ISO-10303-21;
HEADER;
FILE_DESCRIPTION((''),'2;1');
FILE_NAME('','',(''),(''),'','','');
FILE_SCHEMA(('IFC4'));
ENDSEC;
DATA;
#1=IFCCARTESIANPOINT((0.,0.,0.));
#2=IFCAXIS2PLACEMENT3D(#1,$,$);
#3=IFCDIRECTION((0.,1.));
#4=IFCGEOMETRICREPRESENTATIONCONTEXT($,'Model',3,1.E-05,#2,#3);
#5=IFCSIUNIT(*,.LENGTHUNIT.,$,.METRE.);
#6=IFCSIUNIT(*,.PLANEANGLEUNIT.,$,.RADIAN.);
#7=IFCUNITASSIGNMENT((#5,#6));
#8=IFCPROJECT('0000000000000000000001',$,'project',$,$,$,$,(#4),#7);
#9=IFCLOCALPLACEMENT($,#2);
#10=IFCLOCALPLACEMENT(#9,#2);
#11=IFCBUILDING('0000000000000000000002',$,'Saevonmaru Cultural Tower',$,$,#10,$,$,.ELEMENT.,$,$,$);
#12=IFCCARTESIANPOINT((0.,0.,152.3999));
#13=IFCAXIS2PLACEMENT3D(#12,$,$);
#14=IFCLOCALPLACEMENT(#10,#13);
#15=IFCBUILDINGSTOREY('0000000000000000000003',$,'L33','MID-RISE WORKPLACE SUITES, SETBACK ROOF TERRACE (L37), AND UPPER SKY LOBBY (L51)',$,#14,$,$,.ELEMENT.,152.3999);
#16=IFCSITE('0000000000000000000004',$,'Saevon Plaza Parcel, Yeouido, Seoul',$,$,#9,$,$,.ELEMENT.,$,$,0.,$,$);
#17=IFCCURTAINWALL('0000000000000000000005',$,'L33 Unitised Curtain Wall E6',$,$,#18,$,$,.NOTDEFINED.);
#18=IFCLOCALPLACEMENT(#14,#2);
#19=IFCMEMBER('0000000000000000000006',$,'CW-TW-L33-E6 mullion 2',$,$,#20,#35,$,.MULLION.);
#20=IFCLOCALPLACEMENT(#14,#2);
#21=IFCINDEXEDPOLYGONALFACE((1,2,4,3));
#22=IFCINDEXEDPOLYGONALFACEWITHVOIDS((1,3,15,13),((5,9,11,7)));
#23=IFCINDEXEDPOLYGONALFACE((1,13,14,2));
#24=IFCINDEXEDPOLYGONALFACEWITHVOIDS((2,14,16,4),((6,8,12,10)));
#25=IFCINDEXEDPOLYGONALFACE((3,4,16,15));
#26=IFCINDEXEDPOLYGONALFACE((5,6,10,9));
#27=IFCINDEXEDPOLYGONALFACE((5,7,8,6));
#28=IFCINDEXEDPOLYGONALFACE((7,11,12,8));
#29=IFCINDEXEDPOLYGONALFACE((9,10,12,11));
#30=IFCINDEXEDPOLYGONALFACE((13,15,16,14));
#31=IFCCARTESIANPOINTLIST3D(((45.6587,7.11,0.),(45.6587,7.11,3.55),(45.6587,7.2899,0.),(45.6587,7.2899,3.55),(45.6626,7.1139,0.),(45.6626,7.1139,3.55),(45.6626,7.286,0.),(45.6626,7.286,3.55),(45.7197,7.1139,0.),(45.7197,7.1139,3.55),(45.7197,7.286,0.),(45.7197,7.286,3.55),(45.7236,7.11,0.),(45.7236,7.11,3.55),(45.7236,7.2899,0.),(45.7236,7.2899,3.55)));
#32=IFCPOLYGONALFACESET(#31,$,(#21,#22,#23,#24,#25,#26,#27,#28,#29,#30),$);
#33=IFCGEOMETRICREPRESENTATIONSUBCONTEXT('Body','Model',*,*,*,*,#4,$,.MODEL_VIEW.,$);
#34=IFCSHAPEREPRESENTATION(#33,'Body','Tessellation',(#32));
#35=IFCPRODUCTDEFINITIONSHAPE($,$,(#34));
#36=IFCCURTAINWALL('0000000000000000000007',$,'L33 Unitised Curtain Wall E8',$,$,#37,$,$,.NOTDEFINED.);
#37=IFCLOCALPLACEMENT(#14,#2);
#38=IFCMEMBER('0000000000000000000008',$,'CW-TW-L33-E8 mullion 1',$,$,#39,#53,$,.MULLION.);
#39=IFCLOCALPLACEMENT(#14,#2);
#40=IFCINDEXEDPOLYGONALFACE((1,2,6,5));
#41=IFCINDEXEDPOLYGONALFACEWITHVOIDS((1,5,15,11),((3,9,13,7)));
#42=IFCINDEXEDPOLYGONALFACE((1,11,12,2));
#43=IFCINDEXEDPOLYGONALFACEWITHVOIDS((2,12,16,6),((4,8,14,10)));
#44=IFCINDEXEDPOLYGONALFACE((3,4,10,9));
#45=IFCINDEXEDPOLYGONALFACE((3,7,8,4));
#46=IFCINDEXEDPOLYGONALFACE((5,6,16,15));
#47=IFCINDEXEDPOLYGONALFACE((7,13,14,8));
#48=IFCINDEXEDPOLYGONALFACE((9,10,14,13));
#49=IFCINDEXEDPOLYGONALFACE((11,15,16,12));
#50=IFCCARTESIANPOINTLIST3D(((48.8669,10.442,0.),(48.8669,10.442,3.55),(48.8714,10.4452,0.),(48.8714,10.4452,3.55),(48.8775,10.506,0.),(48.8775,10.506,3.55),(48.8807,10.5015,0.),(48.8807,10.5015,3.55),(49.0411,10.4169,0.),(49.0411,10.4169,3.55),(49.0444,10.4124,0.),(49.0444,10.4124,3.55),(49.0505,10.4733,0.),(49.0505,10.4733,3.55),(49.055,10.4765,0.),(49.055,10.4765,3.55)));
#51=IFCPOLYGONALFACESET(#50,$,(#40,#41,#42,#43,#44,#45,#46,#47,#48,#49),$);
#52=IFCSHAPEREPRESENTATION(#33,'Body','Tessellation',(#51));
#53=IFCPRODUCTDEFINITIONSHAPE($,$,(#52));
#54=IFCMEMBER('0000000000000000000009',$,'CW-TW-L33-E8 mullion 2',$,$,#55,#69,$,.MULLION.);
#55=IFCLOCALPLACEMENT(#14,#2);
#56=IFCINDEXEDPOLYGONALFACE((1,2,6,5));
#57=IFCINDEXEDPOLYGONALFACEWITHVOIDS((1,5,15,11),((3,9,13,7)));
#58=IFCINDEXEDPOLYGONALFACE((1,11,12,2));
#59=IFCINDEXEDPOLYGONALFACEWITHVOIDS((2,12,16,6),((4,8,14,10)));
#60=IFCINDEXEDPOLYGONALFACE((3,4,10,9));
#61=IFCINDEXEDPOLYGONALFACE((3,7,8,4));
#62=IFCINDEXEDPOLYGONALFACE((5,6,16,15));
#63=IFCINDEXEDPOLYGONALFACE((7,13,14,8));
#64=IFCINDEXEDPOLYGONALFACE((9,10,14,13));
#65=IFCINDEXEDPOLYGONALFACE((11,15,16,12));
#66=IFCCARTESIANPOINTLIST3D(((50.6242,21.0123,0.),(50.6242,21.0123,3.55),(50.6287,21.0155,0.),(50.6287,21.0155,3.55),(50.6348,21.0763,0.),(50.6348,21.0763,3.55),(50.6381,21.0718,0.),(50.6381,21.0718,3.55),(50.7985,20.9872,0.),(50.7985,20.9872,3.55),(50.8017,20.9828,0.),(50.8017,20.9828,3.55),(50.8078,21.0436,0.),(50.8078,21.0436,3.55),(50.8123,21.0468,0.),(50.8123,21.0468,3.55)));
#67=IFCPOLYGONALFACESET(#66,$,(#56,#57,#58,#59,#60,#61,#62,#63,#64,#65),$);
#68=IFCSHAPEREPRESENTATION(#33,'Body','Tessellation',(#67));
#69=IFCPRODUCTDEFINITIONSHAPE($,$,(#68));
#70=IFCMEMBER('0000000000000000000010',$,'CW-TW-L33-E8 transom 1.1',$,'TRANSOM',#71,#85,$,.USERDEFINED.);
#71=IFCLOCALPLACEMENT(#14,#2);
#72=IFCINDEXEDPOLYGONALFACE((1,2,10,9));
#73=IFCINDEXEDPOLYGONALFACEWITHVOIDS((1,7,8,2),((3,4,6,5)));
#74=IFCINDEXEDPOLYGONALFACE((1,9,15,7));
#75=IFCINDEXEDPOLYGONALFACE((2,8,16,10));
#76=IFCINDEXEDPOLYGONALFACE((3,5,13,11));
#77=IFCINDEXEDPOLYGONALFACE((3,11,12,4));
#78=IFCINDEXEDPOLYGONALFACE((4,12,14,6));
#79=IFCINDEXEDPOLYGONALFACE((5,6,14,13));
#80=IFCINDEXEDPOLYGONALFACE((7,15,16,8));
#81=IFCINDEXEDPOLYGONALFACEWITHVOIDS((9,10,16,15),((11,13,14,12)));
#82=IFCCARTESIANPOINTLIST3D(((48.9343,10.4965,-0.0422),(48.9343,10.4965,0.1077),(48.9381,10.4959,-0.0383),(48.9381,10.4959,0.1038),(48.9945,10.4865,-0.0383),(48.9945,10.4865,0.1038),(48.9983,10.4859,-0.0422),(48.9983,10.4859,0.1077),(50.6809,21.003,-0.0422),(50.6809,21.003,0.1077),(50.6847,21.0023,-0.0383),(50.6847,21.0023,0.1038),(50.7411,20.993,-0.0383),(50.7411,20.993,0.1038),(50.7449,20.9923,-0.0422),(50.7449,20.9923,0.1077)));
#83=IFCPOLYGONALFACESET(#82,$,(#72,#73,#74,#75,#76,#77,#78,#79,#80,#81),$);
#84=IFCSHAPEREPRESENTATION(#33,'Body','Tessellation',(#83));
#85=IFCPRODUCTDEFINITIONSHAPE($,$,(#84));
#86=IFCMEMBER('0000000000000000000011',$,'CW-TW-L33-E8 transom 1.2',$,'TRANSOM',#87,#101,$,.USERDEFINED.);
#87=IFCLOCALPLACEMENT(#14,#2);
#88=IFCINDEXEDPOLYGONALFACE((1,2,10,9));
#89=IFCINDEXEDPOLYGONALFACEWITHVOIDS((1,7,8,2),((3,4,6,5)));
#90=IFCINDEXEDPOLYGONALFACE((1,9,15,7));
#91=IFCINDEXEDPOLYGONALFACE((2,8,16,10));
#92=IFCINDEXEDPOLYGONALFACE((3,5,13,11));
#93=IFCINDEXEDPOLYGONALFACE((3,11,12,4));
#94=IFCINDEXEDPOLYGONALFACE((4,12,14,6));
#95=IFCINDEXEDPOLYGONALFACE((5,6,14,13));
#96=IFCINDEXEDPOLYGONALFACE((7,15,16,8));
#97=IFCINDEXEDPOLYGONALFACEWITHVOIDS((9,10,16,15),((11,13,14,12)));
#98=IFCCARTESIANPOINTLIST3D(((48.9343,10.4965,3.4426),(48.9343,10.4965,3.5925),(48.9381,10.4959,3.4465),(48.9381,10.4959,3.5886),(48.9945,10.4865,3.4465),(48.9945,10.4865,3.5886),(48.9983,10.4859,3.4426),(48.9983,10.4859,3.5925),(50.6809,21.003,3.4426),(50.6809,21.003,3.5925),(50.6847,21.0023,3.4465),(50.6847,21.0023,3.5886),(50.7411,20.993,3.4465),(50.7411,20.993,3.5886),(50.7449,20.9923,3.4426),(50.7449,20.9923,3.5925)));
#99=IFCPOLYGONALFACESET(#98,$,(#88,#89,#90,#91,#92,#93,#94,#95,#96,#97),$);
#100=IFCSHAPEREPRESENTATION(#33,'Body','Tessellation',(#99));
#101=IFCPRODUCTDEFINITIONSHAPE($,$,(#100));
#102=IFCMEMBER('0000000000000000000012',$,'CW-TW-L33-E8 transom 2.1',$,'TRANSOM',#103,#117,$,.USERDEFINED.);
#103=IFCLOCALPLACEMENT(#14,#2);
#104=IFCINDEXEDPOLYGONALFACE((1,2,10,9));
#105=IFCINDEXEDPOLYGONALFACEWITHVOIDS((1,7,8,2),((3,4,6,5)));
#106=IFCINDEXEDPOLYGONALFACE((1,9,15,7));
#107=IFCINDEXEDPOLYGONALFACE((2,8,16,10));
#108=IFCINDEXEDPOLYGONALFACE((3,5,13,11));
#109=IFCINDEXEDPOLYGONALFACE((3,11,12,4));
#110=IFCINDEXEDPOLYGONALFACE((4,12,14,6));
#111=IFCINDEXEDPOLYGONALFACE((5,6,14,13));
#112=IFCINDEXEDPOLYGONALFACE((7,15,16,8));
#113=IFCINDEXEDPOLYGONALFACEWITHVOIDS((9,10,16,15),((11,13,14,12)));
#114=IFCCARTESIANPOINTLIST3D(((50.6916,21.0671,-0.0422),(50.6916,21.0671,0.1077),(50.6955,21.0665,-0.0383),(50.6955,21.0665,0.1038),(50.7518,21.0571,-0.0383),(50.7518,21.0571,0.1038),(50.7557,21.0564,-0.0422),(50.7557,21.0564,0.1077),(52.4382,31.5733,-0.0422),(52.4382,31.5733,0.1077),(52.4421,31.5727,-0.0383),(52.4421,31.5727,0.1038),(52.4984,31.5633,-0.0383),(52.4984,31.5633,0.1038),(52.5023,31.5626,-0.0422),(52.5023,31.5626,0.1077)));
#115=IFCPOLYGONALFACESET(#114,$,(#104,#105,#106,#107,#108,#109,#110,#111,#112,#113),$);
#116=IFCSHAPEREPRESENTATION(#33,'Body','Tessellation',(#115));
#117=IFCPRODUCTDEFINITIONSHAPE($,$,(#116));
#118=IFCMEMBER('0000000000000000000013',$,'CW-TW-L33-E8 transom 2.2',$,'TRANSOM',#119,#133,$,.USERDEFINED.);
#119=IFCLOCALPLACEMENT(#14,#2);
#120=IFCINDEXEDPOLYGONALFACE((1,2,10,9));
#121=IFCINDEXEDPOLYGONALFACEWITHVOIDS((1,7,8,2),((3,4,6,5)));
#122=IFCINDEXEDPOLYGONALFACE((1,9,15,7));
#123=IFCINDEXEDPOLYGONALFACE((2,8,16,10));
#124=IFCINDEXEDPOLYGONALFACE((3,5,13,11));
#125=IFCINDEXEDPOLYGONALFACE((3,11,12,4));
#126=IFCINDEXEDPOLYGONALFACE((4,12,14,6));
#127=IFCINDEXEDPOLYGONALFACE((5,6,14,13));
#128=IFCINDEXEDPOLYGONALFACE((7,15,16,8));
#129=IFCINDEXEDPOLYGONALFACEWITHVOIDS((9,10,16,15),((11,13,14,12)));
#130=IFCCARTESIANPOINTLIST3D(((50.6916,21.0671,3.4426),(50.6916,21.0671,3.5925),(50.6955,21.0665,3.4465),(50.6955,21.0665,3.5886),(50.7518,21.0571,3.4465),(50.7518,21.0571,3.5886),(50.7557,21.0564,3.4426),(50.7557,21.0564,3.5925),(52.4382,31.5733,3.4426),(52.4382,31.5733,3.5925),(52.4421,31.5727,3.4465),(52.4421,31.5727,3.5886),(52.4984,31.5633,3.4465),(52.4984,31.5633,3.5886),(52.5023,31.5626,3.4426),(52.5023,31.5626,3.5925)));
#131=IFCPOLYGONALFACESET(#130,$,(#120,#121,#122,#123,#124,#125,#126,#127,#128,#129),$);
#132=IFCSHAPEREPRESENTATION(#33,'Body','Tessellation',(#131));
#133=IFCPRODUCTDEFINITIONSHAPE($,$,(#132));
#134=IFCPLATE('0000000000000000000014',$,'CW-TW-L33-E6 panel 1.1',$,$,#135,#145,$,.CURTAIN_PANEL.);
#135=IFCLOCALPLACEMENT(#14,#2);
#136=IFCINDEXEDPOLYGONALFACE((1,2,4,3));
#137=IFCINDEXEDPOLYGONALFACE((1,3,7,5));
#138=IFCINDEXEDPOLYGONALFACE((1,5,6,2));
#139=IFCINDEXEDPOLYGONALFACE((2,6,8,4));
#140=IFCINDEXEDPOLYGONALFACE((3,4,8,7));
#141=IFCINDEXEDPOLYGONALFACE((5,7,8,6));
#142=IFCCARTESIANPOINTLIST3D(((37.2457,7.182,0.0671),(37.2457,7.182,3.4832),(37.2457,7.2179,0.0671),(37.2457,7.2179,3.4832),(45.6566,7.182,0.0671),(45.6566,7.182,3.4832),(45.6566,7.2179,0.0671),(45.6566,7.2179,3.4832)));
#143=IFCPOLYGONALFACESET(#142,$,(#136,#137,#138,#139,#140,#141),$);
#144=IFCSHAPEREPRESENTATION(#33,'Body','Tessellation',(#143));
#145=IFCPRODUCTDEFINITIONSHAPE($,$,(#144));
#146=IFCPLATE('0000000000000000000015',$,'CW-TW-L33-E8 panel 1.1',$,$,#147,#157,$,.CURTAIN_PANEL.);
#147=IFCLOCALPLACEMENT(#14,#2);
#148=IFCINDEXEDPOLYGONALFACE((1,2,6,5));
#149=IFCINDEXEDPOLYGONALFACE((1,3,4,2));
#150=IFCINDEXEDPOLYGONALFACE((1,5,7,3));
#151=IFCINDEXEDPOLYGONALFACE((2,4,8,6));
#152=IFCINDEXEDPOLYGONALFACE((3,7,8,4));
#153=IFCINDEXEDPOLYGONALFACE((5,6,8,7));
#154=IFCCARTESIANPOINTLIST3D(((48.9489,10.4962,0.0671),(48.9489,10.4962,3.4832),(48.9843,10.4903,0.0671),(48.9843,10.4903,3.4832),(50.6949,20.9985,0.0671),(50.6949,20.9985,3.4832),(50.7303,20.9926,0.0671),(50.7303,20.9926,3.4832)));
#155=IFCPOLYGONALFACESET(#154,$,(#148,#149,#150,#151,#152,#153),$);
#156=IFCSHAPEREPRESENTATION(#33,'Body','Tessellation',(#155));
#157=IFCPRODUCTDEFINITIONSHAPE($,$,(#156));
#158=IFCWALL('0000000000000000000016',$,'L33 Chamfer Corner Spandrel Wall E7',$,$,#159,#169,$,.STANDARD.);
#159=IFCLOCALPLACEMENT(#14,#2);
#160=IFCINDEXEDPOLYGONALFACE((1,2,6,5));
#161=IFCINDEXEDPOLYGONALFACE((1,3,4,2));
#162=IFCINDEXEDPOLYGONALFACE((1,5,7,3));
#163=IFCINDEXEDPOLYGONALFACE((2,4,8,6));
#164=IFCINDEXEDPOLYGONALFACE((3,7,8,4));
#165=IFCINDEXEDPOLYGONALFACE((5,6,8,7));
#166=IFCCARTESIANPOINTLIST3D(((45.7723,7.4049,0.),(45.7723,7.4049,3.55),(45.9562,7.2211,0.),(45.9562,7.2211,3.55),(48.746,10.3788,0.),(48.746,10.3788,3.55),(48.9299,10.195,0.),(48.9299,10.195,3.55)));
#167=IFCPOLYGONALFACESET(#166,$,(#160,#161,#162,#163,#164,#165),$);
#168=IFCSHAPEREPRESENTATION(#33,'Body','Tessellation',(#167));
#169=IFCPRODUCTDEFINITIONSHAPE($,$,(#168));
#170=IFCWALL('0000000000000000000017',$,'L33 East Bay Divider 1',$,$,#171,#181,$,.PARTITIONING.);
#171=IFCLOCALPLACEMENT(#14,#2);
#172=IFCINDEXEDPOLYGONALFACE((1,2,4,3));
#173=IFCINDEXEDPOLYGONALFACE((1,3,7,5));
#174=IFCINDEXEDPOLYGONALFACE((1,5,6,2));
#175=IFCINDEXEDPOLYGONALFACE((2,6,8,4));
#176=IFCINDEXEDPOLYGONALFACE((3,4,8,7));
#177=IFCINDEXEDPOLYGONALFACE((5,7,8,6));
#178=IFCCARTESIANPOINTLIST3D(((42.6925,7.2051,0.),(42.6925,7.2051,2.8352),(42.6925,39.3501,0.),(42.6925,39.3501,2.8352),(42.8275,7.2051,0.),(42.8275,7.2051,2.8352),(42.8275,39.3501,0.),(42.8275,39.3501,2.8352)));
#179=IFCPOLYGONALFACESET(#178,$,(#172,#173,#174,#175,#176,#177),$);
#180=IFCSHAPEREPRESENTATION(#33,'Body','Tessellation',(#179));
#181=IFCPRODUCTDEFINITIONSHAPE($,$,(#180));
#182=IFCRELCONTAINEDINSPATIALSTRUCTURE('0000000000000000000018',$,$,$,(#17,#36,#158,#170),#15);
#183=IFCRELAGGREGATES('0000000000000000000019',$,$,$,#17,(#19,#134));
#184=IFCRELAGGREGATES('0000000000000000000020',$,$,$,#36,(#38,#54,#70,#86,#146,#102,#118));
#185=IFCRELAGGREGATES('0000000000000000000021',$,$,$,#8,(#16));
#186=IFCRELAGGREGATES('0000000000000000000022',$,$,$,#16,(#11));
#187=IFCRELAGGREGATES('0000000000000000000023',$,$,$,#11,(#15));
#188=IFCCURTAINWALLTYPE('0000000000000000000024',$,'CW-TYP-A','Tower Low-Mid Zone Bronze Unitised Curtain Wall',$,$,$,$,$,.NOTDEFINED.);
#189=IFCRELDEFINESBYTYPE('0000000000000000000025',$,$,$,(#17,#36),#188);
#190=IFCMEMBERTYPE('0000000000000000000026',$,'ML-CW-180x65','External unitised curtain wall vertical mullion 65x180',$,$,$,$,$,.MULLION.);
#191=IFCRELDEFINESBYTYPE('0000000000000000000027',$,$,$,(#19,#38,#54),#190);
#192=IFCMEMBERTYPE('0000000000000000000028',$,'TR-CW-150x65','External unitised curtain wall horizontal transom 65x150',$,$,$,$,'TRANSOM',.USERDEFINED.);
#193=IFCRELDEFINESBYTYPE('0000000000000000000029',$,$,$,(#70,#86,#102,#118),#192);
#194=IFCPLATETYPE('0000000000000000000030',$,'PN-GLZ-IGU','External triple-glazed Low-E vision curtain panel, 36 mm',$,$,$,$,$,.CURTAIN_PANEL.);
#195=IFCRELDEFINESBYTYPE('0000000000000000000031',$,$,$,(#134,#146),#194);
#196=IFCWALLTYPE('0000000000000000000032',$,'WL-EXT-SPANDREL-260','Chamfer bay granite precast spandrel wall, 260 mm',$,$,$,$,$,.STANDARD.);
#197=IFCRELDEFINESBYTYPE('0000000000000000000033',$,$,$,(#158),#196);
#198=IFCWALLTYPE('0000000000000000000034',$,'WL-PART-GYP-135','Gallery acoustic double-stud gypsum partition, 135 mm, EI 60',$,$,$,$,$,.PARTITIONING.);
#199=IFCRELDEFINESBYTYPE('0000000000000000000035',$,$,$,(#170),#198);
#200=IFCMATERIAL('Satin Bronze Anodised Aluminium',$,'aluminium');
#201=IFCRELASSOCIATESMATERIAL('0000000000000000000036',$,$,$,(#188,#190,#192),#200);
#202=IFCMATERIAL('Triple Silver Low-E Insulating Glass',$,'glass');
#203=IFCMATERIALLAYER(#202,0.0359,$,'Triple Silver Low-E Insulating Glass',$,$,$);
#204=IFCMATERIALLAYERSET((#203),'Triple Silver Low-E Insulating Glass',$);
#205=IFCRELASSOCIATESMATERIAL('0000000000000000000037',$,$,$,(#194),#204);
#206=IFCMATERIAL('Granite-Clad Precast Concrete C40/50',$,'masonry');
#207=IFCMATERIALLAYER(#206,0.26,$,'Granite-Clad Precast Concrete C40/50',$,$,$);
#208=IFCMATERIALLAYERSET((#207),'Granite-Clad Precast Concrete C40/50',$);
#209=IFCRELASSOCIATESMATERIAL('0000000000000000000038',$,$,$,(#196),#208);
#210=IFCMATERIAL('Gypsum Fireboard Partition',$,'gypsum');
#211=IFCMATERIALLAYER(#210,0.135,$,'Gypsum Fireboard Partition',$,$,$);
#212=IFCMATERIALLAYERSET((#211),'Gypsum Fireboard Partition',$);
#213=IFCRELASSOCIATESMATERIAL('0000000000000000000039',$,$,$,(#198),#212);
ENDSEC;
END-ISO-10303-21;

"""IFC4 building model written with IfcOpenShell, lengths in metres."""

from ifc_helpers import new_model, si_unit, direction, frame, frame_2d, origin, origin_2d, place, context, subcontext, project, spatial, rectangle, hollow_rectangle, extrude, material, layer, layer_set, material_profile, profile_set, type_object, element, aggregate, save


model = new_model("IFC4")

# Units and contexts
model_context = context("Model", 3, precision=1e-05, world=origin(), true_north=direction((0.0, 1.0)))
body_context = subcontext(model_context, "Body", "Model", "MODEL_VIEW")
ifc_project = project(units=[si_unit("LENGTHUNIT", "METRE"), si_unit("PLANEANGLEUNIT", "RADIAN")], contexts=[model_context])

# Site, building, storey
site_placement = place(None, origin())
site = spatial("IfcSite", under=ifc_project, at=site_placement, Name="Saevon Plaza Parcel, Yeouido, Seoul", CompositionType="ELEMENT", RefElevation=0.0)
building_placement = place(site_placement, origin())
building = spatial("IfcBuilding", under=site, at=building_placement, Name="Saevonmaru Cultural Tower", CompositionType="ELEMENT")
storey_placement = place(building_placement, frame((0.0, 0.0, 152.3999)))
storey = spatial("IfcBuildingStorey", under=building, at=storey_placement, Name="L33", Description="MID-RISE WORKPLACE SUITES, SETBACK ROOF TERRACE (L37), AND UPPER SKY LOBBY (L51)", CompositionType="ELEMENT", Elevation=152.3999)

# Curtain wall, member
ifc_material_1 = material(Name="Satin Bronze Anodised Aluminium", Category="aluminium")
curtain_wall_type = type_object("IfcCurtainWallType", Name="CW-TYP-A", Description="Tower Low-Mid Zone Bronze Unitised Curtain Wall", PredefinedType="NOTDEFINED", material=ifc_material_1)
curtain_wall_1_placement = place(storey_placement, origin())
curtain_wall_1 = element("IfcCurtainWall", 1, at=curtain_wall_1_placement, inside=storey, type_object=curtain_wall_type, Name="L33 Unitised Curtain Wall E6", PredefinedType="NOTDEFINED")
ifc_material_profile_1 = material_profile(ifc_material_1, hollow_rectangle(XDim=0.0649, YDim=0.1799, WallThickness=0.0039, at=origin_2d()), Name="ALU-MULL-180x65x4")
ifc_profile_set_1 = profile_set([ifc_material_profile_1], Name="Satin Bronze Anodised Aluminium")
member_type_1 = type_object("IfcMemberType", Name="ML-CW-180x65", Description="External unitised curtain wall vertical mullion 65x180", PredefinedType="MULLION", material=ifc_profile_set_1)
member_1_placement = place(storey_placement, frame((45.6912, 7.2, 0.0), z_axis=(0.0, 0.0, 1.0), x_axis=(1.0, 0.0, 0.0)))
member_1 = element("IfcMember", 2, at=member_1_placement, type_object=member_type_1, Name="CW-TW-L33-E6 mullion 2", PredefinedType="MULLION", context=body_context, shape_type="SweptSolid", body=[
    extrude(hollow_rectangle(XDim=0.0649, YDim=0.1799, WallThickness=0.0039, at=origin_2d()), origin(), (0.0, 0.0, 1.0), 3.55),
])

# Curtain wall, members
curtain_wall_2_placement = place(storey_placement, origin())
curtain_wall_2 = element("IfcCurtainWall", 3, at=curtain_wall_2_placement, inside=storey, type_object=curtain_wall_type, Name="L33 Unitised Curtain Wall E8", PredefinedType="NOTDEFINED")
member_2_placement = place(storey_placement, frame((48.9609, 10.4592, 0.0), z_axis=(0.0, 0.0, 1.0), x_axis=(0.163999, 0.986461, 0.0)))
member_2 = element("IfcMember", 4, at=member_2_placement, type_object=member_type_1, Name="CW-TW-L33-E8 mullion 1", PredefinedType="MULLION", context=body_context, shape_type="SweptSolid", body=[
    extrude(hollow_rectangle(XDim=0.0649, YDim=0.1799, WallThickness=0.0039, at=origin_2d()), origin(), (0.0, 0.0, 1.0), 3.55),
])
member_3_placement = place(storey_placement, frame((50.7183, 21.0295, 0.0), z_axis=(0.0, 0.0, 1.0), x_axis=(0.163999, 0.986461, 0.0)))
member_3 = element("IfcMember", 5, at=member_3_placement, type_object=member_type_1, Name="CW-TW-L33-E8 mullion 2", PredefinedType="MULLION", context=body_context, shape_type="SweptSolid", body=[
    extrude(hollow_rectangle(XDim=0.0649, YDim=0.1799, WallThickness=0.0039, at=origin_2d()), origin(), (0.0, 0.0, 1.0), 3.55),
])
ifc_material_profile_2 = material_profile(ifc_material_1, hollow_rectangle(XDim=0.0649, YDim=0.1499, WallThickness=0.0039, at=origin_2d()), Name="ALU-TRAN-150x65x4")
ifc_profile_set_2 = profile_set([ifc_material_profile_2], Name="Satin Bronze Anodised Aluminium")
member_type_2 = type_object("IfcMemberType", Name="TR-CW-150x65", Description="External unitised curtain wall horizontal transom 65x150", ElementType="TRANSOM", PredefinedType="USERDEFINED", material=ifc_profile_set_2)
member_4_placement = place(storey_placement, frame((48.9663, 10.4912, 0.0327), z_axis=(0.16399, 0.986462, 0.0), x_axis=(-0.986462, 0.16399, 0.0)))
member_4 = element("IfcMember", 6, at=member_4_placement, type_object=member_type_2, Name="CW-TW-L33-E8 transom 1.1", ObjectType="TRANSOM", PredefinedType="USERDEFINED", context=body_context, shape_type="SweptSolid", body=[
    extrude(hollow_rectangle(XDim=0.0649, YDim=0.1499, WallThickness=0.0039, at=origin_2d()), origin(), (0.0, 0.0, 1.0), 10.6506),
])
member_5_placement = place(storey_placement, frame((48.9663, 10.4912, 3.5176), z_axis=(0.16399, 0.986462, 0.0), x_axis=(-0.986462, 0.16399, 0.0)))
member_5 = element("IfcMember", 7, at=member_5_placement, type_object=member_type_2, Name="CW-TW-L33-E8 transom 1.2", ObjectType="TRANSOM", PredefinedType="USERDEFINED", context=body_context, shape_type="SweptSolid", body=[
    extrude(hollow_rectangle(XDim=0.0649, YDim=0.1499, WallThickness=0.0039, at=origin_2d()), origin(), (0.0, 0.0, 1.0), 10.6506),
])
member_6_placement = place(storey_placement, frame((50.7236, 21.0618, 0.0327), z_axis=(0.163994, 0.986461, 0.0), x_axis=(-0.986461, 0.163994, 0.0)))
member_6 = element("IfcMember", 8, at=member_6_placement, type_object=member_type_2, Name="CW-TW-L33-E8 transom 2.1", ObjectType="TRANSOM", PredefinedType="USERDEFINED", context=body_context, shape_type="SweptSolid", body=[
    extrude(hollow_rectangle(XDim=0.0649, YDim=0.1499, WallThickness=0.0039, at=origin_2d()), origin(), (0.0, 0.0, 1.0), 10.6504),
])
member_7_placement = place(storey_placement, frame((50.7236, 21.0618, 3.5176), z_axis=(0.163994, 0.986461, 0.0), x_axis=(-0.986461, 0.163994, 0.0)))
member_7 = element("IfcMember", 9, at=member_7_placement, type_object=member_type_2, Name="CW-TW-L33-E8 transom 2.2", ObjectType="TRANSOM", PredefinedType="USERDEFINED", context=body_context, shape_type="SweptSolid", body=[
    extrude(hollow_rectangle(XDim=0.0649, YDim=0.1499, WallThickness=0.0039, at=origin_2d()), origin(), (0.0, 0.0, 1.0), 10.6504),
])

# Plates
ifc_material_2 = material(Name="Triple Silver Low-E Insulating Glass", Category="glass")
ifc_layer_1 = layer(ifc_material_2, 0.0359, Name="Triple Silver Low-E Insulating Glass")
ifc_layer_set_1 = layer_set([ifc_layer_1], Name="Triple Silver Low-E Insulating Glass")
plate_type = type_object("IfcPlateType", Name="PN-GLZ-IGU", Description="External triple-glazed Low-E vision curtain panel, 36 mm", PredefinedType="CURTAIN_PANEL", material=ifc_layer_set_1)
plate_1_placement = place(storey_placement, frame((41.4512, 7.2, 0.0671), z_axis=(0.0, 0.0, 1.0), x_axis=(1.0, 0.0, 0.0)))
plate_1 = element("IfcPlate", 10, at=plate_1_placement, type_object=plate_type, Name="CW-TW-L33-E6 panel 1.1", PredefinedType="CURTAIN_PANEL", context=body_context, shape_type="SweptSolid", body=[
    extrude(rectangle(XDim=8.4109, YDim=0.0359, at=origin_2d()), origin(), (0.0, 0.0, 1.0), 3.416),
])
aggregate(curtain_wall_1, [member_1, plate_1])
plate_2_placement = place(storey_placement, frame((49.8396, 15.7444, 0.0671), z_axis=(0.0, 0.0, 1.0), x_axis=(0.163999, 0.986461, 0.0)))
plate_2 = element("IfcPlate", 11, at=plate_2_placement, type_object=plate_type, Name="CW-TW-L33-E8 panel 1.1", PredefinedType="CURTAIN_PANEL", context=body_context, shape_type="SweptSolid", body=[
    extrude(rectangle(XDim=10.6465, YDim=0.0359, at=origin_2d()), origin(), (0.0, 0.0, 1.0), 3.416),
])
aggregate(curtain_wall_2, [member_2, member_3, member_4, member_5, plate_2, member_6, member_7])

# Walls
ifc_material_3 = material(Name="Granite-Clad Precast Concrete C40/50", Category="masonry")
ifc_layer_2 = layer(ifc_material_3, 0.26, Name="Granite-Clad Precast Concrete C40/50")
ifc_layer_set_2 = layer_set([ifc_layer_2], Name="Granite-Clad Precast Concrete C40/50")
wall_type_1 = type_object("IfcWallType", Name="WL-EXT-SPANDREL-260", Description="Chamfer bay granite precast spandrel wall, 260 mm", PredefinedType="STANDARD", material=ifc_layer_set_2)
wall_1_placement = place(storey_placement, frame((45.8643, 7.313, 0.0), z_axis=(0.0, 0.0, 1.0), x_axis=(0.707078, 0.707136, 0.0)))
element("IfcWall", 12, at=wall_1_placement, inside=storey, type_object=wall_type_1, Name="L33 Chamfer Corner Spandrel Wall E7", PredefinedType="STANDARD", context=body_context, shape_type="SweptSolid", body=[
    extrude(rectangle(XDim=4.2056, YDim=0.26, at=frame_2d((2.1028, 0.0))), origin(), (0.0, 0.0, 1.0), 3.55),
])
ifc_material_4 = material(Name="Gypsum Fireboard Partition", Category="gypsum")
ifc_layer_3 = layer(ifc_material_4, 0.135, Name="Gypsum Fireboard Partition")
ifc_layer_set_3 = layer_set([ifc_layer_3], Name="Gypsum Fireboard Partition")
wall_type_2 = type_object("IfcWallType", Name="WL-PART-GYP-135", Description="Gallery acoustic double-stud gypsum partition, 135 mm, EI 60", PredefinedType="PARTITIONING", material=ifc_layer_set_3)
wall_2_placement = place(storey_placement, frame((42.76, 7.2051, 0.0), z_axis=(0.0, 0.0, 1.0), x_axis=(0.0, 1.0, 0.0)))
element("IfcWall", 13, at=wall_2_placement, inside=storey, type_object=wall_type_2, Name="L33 East Bay Divider 1", PredefinedType="PARTITIONING", context=body_context, shape_type="SweptSolid", body=[
    extrude(rectangle(XDim=32.145, YDim=0.135, at=frame_2d((16.0725, 0.0))), origin(), (0.0, 0.0, 1.0), 2.8352),
])

save(model, "model.ifc")
